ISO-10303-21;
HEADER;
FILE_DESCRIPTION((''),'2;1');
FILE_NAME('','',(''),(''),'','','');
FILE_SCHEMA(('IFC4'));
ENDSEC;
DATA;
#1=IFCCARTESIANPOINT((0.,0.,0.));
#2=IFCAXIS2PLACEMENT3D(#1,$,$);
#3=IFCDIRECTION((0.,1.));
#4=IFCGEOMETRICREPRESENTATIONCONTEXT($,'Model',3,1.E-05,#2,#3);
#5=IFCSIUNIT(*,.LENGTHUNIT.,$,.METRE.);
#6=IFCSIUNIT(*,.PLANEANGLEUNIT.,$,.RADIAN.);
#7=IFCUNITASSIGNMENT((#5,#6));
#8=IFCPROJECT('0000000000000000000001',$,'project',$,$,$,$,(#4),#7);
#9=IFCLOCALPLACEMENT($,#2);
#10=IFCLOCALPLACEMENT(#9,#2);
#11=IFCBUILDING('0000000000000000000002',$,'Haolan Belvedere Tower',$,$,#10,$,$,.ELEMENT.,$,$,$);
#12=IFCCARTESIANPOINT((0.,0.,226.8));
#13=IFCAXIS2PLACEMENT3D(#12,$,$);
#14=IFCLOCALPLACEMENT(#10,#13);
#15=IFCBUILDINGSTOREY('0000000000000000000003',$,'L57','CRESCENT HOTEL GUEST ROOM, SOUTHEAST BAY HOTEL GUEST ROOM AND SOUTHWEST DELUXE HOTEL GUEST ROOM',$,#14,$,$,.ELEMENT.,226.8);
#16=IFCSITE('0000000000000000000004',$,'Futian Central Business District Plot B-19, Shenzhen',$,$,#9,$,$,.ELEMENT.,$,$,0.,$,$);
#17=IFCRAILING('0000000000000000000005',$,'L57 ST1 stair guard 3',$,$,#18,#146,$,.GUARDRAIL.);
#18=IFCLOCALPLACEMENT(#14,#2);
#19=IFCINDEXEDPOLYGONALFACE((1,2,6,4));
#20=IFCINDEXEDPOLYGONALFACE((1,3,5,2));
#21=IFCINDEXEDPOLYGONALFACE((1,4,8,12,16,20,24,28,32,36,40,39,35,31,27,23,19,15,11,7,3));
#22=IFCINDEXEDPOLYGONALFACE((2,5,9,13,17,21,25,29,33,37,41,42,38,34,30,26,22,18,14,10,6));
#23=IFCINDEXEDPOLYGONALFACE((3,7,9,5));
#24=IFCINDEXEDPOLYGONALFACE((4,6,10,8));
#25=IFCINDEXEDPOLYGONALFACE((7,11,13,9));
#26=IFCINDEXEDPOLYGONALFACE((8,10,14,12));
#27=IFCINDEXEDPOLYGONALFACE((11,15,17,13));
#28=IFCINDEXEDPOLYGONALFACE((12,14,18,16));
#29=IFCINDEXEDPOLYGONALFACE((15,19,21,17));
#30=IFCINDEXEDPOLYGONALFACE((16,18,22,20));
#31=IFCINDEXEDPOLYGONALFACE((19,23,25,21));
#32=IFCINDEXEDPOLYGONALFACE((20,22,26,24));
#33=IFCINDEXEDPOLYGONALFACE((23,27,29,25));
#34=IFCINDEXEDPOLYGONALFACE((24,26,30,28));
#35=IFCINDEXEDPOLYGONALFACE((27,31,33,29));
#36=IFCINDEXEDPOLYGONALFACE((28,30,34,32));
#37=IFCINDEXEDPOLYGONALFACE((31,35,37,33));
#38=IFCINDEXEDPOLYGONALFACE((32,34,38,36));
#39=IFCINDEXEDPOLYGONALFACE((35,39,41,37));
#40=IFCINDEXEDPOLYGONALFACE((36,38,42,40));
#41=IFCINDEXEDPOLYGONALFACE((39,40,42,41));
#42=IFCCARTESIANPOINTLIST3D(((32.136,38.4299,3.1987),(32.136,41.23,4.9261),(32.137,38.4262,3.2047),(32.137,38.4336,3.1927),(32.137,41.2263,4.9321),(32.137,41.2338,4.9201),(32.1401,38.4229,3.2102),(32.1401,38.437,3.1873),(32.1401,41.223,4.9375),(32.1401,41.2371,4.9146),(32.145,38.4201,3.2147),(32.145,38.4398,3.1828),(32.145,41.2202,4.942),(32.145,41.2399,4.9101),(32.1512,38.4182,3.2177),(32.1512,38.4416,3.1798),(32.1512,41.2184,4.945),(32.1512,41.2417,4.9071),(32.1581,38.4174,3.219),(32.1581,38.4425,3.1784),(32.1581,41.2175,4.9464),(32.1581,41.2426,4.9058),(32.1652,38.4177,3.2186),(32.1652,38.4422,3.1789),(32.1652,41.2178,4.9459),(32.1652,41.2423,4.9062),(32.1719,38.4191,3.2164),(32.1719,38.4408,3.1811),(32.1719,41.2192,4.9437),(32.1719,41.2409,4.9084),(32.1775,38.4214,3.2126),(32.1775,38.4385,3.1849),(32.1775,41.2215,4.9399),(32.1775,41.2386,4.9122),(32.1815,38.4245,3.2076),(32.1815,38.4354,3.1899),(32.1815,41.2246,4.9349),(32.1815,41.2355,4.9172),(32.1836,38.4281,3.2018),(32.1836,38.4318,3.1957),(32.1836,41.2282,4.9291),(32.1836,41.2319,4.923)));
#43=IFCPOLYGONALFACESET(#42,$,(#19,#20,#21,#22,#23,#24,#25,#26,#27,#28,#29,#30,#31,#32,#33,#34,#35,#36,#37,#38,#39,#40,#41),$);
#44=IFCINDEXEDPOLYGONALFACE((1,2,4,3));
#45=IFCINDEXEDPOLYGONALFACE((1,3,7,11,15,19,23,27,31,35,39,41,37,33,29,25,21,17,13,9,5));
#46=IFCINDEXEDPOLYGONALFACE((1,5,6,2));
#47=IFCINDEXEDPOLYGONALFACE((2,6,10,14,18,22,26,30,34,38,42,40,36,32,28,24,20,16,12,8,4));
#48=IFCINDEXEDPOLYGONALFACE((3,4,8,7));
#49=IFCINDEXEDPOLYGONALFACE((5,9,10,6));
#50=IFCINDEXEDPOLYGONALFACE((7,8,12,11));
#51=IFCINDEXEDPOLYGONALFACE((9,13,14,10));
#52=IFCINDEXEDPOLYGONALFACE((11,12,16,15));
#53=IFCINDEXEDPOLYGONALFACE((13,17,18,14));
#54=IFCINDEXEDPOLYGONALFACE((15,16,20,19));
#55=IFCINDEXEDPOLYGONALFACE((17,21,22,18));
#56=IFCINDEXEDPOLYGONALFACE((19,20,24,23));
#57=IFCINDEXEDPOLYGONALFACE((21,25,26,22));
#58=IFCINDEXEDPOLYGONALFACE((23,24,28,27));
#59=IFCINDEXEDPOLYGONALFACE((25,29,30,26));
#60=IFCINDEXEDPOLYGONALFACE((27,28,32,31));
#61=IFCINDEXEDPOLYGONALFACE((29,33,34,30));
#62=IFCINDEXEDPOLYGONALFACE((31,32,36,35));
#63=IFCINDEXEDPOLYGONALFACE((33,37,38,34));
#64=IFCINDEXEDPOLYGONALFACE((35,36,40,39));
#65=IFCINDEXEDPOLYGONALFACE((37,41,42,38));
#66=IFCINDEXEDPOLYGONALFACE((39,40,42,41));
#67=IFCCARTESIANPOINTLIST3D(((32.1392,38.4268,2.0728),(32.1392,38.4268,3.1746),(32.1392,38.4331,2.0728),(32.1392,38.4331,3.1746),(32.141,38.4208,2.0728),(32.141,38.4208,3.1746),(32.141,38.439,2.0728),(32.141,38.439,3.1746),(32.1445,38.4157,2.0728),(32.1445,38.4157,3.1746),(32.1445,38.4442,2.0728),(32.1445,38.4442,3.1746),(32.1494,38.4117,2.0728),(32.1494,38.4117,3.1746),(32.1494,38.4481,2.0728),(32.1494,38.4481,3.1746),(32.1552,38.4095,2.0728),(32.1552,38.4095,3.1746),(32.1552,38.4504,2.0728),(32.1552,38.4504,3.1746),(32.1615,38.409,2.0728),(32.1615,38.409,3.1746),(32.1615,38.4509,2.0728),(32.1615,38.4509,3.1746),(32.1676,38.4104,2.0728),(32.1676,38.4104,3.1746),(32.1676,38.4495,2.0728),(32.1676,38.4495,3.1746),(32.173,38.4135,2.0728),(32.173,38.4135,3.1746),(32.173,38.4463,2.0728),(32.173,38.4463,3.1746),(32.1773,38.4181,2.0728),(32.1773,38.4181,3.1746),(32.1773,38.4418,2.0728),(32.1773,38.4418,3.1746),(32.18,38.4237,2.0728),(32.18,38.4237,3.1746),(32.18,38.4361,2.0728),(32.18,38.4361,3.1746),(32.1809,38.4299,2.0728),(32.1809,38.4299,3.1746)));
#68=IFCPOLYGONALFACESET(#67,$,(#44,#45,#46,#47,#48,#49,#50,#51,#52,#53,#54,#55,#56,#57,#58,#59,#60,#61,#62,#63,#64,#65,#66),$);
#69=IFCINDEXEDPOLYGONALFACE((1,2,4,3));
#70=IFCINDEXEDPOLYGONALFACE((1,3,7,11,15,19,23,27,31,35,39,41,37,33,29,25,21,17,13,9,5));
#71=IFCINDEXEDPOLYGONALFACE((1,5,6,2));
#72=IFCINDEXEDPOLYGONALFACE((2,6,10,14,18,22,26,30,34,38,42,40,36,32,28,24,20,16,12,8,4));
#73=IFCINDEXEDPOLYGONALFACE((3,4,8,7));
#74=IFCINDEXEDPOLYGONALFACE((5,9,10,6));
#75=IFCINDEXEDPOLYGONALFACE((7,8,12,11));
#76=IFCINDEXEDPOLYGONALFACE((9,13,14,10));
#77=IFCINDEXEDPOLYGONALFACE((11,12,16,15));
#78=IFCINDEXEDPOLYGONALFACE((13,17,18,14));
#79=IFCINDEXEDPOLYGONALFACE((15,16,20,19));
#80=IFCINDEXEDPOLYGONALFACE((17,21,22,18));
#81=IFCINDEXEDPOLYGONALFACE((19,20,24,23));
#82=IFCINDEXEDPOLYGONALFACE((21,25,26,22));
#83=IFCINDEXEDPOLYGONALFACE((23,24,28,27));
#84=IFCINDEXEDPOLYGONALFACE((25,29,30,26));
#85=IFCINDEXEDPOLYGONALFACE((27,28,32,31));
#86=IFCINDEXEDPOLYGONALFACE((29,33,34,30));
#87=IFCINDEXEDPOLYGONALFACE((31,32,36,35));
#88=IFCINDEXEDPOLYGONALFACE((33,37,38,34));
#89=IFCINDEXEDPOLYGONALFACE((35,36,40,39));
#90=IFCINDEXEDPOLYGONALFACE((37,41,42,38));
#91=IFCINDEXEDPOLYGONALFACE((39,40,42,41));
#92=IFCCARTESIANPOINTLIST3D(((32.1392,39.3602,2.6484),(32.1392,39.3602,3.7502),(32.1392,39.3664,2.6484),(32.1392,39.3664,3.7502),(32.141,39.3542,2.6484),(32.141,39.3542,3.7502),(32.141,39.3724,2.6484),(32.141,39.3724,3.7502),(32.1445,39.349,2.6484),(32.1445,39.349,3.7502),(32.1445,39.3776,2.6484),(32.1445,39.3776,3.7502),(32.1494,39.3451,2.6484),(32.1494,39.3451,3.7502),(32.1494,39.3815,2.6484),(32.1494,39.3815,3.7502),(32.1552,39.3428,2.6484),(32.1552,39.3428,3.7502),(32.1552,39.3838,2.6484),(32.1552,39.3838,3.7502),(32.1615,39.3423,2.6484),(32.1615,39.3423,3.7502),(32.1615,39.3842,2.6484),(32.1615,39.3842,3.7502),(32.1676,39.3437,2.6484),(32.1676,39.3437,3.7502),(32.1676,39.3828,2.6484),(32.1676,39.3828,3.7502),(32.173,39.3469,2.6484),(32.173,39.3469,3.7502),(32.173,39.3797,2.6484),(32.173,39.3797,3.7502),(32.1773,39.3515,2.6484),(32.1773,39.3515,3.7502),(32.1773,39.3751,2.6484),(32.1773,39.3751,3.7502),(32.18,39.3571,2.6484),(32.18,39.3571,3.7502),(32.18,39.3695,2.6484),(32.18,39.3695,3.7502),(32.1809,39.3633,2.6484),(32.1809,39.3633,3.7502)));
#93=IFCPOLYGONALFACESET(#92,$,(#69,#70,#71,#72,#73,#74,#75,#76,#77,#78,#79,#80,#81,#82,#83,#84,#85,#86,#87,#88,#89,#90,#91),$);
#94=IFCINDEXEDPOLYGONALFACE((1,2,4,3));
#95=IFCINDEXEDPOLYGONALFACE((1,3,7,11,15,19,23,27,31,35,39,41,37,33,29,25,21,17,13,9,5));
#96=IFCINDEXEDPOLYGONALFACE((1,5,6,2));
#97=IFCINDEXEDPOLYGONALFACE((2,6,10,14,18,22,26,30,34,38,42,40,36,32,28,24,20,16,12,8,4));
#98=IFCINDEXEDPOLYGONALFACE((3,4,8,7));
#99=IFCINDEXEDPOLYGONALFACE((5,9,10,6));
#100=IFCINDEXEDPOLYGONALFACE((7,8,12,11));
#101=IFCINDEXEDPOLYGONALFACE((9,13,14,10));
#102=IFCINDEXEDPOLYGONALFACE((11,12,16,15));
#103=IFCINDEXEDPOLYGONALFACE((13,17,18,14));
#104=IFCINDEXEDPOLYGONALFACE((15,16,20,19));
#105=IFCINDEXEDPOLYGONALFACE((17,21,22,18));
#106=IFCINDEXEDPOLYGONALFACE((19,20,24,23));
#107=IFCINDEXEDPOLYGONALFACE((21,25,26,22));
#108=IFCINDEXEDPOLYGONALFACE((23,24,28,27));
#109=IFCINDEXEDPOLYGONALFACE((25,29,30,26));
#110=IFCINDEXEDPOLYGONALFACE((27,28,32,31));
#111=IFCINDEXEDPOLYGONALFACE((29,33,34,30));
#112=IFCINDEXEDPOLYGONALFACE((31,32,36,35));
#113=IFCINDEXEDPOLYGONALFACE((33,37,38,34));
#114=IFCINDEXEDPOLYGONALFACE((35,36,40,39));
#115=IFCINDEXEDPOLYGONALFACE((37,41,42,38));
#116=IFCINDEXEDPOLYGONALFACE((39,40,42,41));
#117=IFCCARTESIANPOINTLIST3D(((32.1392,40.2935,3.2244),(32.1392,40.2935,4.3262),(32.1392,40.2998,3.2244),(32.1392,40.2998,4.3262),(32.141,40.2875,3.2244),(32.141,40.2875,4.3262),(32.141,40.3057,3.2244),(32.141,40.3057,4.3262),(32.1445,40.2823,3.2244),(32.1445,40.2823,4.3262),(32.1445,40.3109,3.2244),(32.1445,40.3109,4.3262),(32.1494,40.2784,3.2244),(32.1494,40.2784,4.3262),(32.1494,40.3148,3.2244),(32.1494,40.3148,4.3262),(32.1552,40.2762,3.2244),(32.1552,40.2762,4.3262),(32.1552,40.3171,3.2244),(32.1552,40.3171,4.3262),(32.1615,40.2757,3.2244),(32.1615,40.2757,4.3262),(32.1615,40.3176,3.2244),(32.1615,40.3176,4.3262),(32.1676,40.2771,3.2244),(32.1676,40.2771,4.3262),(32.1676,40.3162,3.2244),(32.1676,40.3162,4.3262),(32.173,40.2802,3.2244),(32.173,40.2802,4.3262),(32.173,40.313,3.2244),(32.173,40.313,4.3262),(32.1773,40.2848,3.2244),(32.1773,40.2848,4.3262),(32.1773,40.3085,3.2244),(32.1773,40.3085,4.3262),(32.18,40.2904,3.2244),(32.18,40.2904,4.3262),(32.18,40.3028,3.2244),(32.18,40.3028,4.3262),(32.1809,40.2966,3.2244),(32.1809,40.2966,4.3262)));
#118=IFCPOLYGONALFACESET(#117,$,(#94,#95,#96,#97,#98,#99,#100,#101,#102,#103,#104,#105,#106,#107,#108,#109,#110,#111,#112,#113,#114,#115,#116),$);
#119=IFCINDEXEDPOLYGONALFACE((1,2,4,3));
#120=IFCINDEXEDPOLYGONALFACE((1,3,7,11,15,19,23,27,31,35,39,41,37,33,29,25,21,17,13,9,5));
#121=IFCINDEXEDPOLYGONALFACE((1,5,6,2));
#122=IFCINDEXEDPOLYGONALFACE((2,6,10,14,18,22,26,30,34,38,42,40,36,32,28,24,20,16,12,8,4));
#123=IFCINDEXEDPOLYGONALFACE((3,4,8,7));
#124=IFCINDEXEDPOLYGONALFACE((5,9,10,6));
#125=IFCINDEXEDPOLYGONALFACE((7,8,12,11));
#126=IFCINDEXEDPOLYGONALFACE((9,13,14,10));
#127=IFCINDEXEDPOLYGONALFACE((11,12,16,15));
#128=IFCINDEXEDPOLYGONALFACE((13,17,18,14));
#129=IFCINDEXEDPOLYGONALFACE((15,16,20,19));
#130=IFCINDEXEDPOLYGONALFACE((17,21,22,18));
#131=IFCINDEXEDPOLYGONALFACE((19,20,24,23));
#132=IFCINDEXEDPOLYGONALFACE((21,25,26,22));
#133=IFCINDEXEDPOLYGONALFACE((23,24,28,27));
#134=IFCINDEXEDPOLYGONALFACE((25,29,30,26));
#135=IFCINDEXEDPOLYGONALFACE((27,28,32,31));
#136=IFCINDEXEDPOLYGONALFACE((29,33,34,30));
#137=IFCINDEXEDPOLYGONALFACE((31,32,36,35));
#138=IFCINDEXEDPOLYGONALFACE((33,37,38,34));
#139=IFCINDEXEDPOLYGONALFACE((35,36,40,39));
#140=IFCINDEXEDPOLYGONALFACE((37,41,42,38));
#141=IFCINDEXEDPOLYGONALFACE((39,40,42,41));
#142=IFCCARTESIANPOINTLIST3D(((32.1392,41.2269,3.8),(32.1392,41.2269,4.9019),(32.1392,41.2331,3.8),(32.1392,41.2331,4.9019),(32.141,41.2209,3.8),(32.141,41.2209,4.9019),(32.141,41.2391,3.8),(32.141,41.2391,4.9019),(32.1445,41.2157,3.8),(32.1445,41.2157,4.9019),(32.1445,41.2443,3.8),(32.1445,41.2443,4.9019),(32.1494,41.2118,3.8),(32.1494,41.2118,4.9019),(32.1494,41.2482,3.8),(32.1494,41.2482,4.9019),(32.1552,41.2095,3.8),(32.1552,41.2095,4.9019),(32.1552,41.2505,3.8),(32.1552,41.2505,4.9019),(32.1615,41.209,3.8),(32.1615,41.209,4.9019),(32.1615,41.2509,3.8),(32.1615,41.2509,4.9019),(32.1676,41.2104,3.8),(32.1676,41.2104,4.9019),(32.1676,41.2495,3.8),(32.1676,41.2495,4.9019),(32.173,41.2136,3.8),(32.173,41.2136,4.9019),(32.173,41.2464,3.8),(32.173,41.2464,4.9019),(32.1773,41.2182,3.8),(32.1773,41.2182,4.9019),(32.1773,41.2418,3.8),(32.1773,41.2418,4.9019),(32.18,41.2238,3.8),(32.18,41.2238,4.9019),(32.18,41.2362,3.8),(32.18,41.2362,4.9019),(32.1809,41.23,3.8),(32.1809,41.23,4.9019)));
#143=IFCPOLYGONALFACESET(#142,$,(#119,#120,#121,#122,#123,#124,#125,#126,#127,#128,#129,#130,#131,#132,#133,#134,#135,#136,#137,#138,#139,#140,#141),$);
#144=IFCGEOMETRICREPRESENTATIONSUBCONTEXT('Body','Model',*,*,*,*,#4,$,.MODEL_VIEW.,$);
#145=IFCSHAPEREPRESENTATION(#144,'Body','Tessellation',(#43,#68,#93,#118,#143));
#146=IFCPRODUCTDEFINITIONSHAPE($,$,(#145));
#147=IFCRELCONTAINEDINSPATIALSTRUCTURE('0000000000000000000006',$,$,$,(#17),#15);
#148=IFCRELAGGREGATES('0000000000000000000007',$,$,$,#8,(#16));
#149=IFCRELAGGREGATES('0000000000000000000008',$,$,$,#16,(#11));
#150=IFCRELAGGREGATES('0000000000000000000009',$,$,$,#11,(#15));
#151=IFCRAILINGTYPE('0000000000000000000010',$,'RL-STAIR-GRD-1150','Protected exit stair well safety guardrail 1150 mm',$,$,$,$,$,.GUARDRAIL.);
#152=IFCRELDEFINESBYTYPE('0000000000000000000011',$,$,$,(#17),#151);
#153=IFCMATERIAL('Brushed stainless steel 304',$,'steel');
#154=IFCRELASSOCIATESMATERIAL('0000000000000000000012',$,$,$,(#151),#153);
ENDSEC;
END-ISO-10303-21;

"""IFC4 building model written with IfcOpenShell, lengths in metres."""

from ifc_helpers import new_model, si_unit, direction, frame, origin, origin_2d, place, context, subcontext, project, spatial, circle, extrude, material, type_object, element, save


model = new_model("IFC4")

# Units and contexts
model_context = context("Model", 3, precision=1e-05, world=origin(), true_north=direction((0.0, 1.0)))
body_context = subcontext(model_context, "Body", "Model", "MODEL_VIEW")
ifc_project = project(units=[si_unit("LENGTHUNIT", "METRE"), si_unit("PLANEANGLEUNIT", "RADIAN")], contexts=[model_context])

# Site, building, storey
site_placement = place(None, origin())
site = spatial("IfcSite", under=ifc_project, at=site_placement, Name="Futian Central Business District Plot B-19, Shenzhen", CompositionType="ELEMENT", RefElevation=0.0)
building_placement = place(site_placement, origin())
building = spatial("IfcBuilding", under=site, at=building_placement, Name="Haolan Belvedere Tower", CompositionType="ELEMENT")
storey_placement = place(building_placement, frame((0.0, 0.0, 226.8)))
storey = spatial("IfcBuildingStorey", under=building, at=storey_placement, Name="L57", Description="CRESCENT HOTEL GUEST ROOM, SOUTHEAST BAY HOTEL GUEST ROOM AND SOUTHWEST DELUXE HOTEL GUEST ROOM", CompositionType="ELEMENT", Elevation=226.8)

# Railing
ifc_material_1 = material(Name="Brushed stainless steel 304", Category="steel")
railing_type_1 = type_object("IfcRailingType", Name="RL-STAIR-GRD-1150", Description="Protected exit stair well safety guardrail 1150 mm", PredefinedType="GUARDRAIL", material=ifc_material_1)
railing_1_placement = place(storey_placement, frame((32.1599, 38.4299, 2.0728)))
element("IfcRailing", 1, at=railing_1_placement, inside=storey, type_object=railing_type_1, Name="L57 ST1 stair guard 3", PredefinedType="GUARDRAIL", context=body_context, shape_type="SweptSolid", body=[
    extrude(circle(Radius=0.0239, at=origin_2d()), frame((0.0, 0.0, 1.126), z_axis=(0.0, 0.85109, 0.52502), x_axis=(-1.0, 0.0, 0.0)), (0.0, 0.0, 1.0), 3.29),
    extrude(circle(Radius=0.021, at=origin_2d()), origin(), (0.0, 0.0, 1.0), 1.1018),
    extrude(circle(Radius=0.021, at=origin_2d()), frame((0.0, 0.9333, 0.5757)), (0.0, 0.0, 1.0), 1.1018),
    extrude(circle(Radius=0.021, at=origin_2d()), frame((0.0, 1.8667, 1.1516)), (0.0, 0.0, 1.0), 1.1018),
    extrude(circle(Radius=0.021, at=origin_2d()), frame((0.0, 2.8, 1.7273)), (0.0, 0.0, 1.0), 1.1018),
])

save(model, "model.ifc")
